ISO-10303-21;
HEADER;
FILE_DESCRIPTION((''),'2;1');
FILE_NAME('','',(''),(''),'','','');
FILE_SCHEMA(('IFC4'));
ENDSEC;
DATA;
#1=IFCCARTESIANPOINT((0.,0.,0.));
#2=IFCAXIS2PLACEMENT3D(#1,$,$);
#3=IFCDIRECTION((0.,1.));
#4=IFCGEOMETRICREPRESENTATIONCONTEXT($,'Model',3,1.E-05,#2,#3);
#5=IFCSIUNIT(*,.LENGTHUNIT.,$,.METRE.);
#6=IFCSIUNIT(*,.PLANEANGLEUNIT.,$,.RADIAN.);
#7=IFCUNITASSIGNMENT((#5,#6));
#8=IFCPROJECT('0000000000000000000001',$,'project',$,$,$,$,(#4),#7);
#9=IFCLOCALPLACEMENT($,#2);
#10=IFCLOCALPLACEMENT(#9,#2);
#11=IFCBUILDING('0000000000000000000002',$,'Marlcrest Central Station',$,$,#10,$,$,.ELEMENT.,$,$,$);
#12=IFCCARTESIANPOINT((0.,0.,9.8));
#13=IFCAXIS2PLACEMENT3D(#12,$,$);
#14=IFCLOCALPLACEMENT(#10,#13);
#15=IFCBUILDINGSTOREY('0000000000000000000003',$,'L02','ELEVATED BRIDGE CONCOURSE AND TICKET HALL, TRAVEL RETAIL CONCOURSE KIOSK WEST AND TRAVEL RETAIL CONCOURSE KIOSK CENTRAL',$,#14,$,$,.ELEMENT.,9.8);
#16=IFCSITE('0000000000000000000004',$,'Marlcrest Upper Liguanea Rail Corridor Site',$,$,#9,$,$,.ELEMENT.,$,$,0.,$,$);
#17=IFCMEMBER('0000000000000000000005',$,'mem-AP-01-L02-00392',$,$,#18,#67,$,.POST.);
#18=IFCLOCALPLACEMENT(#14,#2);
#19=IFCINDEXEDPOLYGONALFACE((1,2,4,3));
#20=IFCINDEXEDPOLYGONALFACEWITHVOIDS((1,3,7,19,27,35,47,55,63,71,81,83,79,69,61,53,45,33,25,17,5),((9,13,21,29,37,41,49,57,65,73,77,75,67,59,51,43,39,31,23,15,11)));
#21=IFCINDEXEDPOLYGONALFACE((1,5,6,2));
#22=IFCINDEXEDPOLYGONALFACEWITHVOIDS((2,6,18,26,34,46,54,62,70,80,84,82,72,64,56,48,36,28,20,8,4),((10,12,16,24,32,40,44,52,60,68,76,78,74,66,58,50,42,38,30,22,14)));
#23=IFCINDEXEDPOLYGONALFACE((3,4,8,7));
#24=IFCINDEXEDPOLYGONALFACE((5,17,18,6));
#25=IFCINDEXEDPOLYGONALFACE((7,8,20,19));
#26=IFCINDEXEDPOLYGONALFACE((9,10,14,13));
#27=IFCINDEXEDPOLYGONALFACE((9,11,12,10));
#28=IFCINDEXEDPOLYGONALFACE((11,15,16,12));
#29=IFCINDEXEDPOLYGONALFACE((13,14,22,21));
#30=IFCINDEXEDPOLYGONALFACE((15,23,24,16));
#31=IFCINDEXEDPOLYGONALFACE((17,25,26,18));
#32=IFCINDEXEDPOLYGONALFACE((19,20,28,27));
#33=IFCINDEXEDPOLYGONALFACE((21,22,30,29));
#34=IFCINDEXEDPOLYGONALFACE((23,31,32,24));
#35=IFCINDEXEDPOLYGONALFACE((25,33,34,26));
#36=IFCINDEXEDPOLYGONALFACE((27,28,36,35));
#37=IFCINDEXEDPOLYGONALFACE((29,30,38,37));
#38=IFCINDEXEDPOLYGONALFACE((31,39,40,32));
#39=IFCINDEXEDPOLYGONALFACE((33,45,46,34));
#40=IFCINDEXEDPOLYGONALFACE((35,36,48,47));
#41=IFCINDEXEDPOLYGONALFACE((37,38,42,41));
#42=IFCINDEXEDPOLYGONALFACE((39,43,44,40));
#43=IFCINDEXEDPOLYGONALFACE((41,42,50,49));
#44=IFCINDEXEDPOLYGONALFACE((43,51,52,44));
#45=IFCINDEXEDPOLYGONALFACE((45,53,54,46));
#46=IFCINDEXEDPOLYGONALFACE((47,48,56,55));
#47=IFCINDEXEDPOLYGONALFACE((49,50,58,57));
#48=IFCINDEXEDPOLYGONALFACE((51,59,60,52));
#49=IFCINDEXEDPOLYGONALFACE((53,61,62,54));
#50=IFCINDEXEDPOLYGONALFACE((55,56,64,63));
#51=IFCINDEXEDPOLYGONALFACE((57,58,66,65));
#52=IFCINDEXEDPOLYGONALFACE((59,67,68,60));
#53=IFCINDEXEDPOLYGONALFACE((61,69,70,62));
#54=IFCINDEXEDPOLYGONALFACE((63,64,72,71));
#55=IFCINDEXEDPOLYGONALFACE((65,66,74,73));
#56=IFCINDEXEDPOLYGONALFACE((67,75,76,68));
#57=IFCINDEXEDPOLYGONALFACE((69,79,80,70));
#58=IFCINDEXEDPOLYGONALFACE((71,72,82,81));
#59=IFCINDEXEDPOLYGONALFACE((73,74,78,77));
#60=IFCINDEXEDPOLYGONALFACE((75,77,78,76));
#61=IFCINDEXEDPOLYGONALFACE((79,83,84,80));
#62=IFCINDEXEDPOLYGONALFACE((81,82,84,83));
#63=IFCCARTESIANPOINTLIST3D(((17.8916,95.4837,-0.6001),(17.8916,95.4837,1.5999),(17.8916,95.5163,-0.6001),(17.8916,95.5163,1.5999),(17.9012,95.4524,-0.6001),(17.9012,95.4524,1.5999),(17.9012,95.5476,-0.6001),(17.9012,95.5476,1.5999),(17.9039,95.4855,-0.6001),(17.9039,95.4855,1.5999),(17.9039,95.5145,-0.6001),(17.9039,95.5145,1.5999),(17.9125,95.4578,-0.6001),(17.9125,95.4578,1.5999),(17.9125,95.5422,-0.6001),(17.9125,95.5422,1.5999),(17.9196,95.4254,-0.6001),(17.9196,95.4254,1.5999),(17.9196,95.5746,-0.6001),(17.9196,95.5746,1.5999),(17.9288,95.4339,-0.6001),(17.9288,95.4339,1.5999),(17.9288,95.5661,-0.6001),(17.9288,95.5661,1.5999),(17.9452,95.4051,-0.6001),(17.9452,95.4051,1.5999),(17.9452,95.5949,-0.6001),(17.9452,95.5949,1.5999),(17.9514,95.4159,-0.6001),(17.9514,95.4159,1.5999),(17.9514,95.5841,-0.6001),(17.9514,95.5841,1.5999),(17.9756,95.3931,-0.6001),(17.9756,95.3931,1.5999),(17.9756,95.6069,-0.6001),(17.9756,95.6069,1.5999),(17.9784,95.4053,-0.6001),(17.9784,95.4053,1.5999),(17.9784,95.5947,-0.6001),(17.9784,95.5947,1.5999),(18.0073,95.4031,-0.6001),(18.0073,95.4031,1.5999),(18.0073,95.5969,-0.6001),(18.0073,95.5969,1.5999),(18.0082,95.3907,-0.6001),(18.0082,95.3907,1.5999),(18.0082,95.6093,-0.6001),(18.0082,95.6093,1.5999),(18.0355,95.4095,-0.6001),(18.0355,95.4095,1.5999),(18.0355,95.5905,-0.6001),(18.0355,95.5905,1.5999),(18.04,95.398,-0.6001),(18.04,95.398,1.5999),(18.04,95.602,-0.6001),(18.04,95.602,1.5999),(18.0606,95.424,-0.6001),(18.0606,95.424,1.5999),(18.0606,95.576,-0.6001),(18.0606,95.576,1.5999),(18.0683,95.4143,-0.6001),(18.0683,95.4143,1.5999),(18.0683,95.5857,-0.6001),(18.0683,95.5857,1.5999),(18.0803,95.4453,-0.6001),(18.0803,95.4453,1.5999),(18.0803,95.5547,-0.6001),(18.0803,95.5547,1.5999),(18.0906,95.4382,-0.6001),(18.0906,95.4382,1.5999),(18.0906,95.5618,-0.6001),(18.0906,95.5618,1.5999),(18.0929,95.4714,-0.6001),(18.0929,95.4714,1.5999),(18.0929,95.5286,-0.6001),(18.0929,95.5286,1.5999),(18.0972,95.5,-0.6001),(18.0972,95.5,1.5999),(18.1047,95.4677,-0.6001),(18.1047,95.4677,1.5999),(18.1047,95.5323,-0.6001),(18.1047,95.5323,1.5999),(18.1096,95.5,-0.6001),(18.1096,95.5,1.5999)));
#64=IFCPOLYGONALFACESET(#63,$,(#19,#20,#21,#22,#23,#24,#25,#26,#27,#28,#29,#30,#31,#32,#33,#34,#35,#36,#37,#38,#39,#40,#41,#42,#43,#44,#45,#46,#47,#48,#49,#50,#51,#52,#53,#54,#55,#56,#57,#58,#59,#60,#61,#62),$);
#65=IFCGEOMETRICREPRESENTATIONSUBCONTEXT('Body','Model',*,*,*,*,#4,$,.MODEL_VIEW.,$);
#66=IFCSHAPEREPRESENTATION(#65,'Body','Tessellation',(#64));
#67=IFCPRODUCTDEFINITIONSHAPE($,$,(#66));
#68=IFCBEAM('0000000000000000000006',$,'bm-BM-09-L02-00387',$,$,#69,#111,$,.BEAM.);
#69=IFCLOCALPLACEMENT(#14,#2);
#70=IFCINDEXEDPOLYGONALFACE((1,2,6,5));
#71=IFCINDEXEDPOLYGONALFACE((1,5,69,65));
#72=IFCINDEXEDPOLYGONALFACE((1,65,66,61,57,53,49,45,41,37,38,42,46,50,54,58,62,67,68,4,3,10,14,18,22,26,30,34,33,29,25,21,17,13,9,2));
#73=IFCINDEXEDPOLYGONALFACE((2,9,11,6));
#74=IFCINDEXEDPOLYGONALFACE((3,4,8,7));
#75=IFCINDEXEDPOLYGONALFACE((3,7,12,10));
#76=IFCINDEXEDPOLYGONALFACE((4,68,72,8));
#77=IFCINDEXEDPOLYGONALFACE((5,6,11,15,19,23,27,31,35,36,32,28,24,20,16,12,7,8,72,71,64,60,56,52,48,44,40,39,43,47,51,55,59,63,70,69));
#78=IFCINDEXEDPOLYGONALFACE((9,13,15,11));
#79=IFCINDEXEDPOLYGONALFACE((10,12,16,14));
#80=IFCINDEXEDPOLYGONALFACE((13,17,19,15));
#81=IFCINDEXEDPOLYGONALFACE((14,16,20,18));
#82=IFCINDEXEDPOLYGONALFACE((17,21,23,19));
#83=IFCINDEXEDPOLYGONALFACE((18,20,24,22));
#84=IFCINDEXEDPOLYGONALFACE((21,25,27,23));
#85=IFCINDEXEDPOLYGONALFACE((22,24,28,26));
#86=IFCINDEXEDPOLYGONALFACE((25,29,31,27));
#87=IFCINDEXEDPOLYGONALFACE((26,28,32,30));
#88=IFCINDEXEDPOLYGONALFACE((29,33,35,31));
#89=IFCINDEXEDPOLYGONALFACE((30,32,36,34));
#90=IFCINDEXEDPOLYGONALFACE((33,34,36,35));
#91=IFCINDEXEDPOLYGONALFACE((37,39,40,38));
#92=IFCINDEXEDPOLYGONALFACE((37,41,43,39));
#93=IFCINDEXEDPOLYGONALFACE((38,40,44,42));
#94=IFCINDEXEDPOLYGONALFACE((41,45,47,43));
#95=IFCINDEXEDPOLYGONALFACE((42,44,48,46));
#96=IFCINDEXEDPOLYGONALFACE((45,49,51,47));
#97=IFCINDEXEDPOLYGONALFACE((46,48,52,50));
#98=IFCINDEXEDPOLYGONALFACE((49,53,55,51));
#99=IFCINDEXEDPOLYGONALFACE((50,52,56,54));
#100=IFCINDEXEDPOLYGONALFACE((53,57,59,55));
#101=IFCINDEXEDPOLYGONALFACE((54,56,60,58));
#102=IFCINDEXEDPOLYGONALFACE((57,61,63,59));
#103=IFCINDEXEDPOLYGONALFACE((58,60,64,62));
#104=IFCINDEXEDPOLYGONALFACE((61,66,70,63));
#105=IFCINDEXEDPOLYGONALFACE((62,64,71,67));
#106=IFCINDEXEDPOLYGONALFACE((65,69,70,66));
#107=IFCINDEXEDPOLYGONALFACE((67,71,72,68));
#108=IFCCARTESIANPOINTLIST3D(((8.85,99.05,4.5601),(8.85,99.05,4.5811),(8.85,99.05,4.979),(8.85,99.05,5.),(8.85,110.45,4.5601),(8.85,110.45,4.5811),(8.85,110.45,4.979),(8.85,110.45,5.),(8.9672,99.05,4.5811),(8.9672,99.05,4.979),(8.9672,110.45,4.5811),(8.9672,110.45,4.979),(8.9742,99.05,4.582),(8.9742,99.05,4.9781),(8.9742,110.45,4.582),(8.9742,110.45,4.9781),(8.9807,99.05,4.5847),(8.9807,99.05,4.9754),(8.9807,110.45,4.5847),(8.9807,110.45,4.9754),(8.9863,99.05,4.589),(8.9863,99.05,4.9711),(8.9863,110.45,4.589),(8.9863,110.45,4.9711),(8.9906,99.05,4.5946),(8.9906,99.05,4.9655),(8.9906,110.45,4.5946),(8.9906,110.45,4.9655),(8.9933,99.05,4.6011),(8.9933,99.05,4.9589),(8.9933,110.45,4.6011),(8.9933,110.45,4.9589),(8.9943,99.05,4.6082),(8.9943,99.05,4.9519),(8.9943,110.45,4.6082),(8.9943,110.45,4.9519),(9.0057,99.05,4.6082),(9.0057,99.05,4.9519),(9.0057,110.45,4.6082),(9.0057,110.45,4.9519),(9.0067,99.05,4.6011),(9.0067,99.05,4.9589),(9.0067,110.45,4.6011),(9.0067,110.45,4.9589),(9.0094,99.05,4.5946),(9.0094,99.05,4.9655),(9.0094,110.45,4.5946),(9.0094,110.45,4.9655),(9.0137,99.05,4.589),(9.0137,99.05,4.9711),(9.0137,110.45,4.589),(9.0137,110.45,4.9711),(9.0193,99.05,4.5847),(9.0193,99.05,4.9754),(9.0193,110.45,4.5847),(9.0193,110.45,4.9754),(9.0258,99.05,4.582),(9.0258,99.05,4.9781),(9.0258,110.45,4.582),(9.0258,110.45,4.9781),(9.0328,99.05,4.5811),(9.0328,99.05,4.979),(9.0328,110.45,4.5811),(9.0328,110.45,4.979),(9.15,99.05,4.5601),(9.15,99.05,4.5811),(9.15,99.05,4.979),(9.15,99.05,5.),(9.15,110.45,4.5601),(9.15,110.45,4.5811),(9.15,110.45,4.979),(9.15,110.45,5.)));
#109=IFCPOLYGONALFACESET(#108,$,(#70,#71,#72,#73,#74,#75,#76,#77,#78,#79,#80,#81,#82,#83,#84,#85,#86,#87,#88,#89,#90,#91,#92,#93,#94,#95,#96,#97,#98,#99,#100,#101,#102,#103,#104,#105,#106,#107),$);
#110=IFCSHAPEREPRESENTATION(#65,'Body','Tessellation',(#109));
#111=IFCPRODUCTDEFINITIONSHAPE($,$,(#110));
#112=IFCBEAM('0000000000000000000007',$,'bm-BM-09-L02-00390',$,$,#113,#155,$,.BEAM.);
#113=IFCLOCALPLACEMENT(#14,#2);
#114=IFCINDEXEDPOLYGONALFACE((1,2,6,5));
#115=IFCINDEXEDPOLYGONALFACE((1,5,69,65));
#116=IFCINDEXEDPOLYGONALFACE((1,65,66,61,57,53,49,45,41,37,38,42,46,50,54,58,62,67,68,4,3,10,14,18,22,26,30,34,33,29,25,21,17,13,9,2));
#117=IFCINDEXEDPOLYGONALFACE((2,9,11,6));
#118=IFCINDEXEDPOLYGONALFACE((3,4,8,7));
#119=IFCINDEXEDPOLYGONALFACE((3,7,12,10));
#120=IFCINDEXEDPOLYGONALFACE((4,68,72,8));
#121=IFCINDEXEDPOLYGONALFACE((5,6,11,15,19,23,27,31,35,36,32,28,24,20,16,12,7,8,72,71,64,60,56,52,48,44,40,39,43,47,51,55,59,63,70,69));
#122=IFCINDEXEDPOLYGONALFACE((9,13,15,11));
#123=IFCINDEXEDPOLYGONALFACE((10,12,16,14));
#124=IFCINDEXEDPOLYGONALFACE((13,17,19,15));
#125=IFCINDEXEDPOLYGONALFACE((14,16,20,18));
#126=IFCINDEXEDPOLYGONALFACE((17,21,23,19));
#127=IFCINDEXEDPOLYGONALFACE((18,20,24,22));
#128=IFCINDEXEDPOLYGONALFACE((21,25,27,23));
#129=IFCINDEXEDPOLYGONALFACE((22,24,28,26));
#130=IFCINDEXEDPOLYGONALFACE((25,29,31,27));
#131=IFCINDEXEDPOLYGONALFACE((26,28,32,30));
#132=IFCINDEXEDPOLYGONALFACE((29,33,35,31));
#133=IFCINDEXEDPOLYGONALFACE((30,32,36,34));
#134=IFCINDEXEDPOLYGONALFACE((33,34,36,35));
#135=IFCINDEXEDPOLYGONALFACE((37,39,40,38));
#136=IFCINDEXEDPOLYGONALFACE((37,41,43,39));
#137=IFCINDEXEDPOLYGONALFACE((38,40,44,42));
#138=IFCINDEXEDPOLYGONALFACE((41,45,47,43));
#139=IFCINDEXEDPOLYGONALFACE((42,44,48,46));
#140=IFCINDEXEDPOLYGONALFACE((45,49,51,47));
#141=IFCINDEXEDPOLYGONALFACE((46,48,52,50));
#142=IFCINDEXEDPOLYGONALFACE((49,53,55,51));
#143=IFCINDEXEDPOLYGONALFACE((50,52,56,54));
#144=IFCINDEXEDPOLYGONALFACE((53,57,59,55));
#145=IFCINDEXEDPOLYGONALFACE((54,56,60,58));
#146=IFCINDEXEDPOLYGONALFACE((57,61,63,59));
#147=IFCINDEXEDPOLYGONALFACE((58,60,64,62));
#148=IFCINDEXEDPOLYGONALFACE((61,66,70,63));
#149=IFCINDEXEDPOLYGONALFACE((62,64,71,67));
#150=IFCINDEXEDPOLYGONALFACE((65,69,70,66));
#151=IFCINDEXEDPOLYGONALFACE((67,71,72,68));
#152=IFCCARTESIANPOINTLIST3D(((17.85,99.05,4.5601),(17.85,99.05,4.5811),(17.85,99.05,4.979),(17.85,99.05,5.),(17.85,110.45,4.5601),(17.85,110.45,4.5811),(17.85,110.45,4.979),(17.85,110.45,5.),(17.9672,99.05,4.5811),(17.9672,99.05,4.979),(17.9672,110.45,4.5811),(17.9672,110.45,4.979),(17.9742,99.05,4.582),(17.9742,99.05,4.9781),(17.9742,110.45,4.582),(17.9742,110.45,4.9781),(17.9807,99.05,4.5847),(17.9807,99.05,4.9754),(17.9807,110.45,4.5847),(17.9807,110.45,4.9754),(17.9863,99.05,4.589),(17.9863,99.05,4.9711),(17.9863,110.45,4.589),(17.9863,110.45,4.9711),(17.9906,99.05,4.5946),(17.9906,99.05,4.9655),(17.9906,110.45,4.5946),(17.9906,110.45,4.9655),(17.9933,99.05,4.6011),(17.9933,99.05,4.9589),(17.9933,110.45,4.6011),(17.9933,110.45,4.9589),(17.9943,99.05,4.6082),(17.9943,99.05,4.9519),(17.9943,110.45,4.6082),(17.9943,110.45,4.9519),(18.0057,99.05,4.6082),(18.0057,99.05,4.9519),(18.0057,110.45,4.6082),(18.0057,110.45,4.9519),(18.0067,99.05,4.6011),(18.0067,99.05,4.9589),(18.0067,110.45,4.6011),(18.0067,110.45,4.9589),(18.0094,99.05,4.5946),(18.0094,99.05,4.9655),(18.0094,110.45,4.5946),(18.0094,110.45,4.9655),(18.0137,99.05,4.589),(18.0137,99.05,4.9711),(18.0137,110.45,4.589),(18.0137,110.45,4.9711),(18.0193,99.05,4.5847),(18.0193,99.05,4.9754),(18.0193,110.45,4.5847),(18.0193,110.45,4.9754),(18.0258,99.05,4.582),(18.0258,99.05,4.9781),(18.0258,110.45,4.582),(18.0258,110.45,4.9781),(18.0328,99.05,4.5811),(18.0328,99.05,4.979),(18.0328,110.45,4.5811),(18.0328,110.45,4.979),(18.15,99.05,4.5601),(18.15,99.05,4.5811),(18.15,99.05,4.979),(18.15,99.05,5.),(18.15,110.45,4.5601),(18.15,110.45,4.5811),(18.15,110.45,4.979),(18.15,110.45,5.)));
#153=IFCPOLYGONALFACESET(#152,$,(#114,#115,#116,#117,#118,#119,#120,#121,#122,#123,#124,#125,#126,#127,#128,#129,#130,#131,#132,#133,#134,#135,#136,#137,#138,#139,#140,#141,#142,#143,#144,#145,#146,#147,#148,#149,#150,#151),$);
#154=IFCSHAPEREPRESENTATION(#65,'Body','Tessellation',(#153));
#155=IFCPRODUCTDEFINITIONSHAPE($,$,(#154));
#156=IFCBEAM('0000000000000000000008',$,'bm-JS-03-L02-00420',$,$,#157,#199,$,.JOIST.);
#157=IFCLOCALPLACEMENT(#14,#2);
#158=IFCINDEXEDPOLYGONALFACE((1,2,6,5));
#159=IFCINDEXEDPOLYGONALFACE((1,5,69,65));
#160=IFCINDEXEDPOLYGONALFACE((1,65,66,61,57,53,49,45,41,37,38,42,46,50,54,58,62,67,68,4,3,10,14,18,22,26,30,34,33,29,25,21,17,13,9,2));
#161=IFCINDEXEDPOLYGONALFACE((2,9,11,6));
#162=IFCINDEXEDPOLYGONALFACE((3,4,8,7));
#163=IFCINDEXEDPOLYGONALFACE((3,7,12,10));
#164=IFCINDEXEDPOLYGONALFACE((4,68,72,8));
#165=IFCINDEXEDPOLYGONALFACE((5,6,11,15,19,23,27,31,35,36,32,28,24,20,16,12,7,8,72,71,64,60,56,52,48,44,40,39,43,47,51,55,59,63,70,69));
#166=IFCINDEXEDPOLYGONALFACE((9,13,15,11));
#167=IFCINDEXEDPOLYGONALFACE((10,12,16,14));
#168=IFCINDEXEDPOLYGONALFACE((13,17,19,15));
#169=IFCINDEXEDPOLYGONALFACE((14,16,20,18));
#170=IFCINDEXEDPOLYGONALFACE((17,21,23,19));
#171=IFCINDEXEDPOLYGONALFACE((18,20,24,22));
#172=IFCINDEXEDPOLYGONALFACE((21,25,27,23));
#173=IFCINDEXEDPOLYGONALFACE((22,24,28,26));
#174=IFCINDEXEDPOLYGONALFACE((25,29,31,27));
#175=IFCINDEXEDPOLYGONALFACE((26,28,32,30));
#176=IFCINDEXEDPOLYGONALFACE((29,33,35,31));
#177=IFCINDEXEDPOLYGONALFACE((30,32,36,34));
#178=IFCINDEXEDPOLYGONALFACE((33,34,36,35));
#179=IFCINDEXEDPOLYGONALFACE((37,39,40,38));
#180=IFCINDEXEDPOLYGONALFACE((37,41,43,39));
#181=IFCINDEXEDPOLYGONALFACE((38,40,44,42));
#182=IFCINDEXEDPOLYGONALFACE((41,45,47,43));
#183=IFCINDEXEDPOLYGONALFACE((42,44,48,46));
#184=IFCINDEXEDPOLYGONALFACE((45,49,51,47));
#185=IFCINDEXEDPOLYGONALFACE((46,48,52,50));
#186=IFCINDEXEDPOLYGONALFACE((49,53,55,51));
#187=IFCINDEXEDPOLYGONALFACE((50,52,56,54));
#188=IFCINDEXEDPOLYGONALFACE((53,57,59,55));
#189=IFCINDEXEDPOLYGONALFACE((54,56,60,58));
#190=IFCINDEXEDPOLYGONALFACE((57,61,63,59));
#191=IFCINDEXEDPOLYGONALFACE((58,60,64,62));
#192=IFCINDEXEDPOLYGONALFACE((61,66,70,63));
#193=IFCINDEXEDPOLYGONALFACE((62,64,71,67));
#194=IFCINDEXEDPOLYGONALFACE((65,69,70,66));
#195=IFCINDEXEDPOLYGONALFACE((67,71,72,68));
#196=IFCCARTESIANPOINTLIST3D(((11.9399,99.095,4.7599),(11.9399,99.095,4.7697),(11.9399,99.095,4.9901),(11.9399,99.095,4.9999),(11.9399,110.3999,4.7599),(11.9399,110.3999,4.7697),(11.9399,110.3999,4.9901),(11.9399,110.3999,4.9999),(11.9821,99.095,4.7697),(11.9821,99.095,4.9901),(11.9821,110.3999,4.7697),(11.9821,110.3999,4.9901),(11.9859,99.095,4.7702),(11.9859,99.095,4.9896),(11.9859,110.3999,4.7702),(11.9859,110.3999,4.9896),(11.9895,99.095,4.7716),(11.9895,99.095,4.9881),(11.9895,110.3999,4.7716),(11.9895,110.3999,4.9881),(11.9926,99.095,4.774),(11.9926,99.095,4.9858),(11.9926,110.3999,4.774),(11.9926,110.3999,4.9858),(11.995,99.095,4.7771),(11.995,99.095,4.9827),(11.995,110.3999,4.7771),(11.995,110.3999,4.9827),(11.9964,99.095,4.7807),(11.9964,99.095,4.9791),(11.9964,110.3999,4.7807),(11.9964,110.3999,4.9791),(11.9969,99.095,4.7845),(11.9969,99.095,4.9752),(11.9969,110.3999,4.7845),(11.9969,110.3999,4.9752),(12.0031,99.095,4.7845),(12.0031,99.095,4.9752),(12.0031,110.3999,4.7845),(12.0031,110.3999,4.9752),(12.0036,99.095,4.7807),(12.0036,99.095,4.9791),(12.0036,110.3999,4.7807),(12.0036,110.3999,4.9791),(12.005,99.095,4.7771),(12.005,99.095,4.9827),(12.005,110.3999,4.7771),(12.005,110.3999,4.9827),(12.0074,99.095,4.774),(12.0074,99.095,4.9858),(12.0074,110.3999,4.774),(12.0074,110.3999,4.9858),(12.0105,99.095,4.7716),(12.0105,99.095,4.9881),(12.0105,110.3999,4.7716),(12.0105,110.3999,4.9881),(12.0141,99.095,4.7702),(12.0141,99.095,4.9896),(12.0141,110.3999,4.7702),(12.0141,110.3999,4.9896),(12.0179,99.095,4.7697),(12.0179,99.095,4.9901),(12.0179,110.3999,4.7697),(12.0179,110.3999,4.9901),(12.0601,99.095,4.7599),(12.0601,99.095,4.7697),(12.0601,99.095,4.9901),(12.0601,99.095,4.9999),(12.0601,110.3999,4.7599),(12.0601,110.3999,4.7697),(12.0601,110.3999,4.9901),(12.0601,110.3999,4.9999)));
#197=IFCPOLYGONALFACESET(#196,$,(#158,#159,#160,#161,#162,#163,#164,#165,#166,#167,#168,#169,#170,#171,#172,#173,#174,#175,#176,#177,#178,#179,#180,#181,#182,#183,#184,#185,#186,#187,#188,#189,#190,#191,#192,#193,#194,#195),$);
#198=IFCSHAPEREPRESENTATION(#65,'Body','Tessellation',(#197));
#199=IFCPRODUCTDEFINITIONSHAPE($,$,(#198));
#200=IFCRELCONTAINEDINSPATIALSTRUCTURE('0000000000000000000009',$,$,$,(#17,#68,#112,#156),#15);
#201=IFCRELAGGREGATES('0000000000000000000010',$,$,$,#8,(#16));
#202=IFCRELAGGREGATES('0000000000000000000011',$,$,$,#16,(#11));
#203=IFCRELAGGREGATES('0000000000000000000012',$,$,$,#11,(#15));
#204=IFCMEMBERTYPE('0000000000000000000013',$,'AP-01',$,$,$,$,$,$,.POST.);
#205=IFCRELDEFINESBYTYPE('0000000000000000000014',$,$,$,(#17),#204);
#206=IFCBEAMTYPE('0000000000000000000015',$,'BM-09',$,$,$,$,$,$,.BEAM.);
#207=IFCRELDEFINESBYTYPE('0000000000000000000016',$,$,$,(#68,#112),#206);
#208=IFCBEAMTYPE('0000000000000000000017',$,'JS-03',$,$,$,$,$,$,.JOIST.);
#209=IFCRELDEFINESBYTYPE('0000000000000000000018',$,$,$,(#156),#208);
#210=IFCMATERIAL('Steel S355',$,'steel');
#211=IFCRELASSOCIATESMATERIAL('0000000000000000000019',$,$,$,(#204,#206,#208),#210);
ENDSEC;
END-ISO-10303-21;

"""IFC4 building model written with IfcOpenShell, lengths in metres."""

from ifc_helpers import new_model, si_unit, direction, frame, origin, origin_2d, place, context, subcontext, project, spatial, hollow_circle, i_section, extrude, material, material_profile, profile_set, type_object, element, save


model = new_model("IFC4")

# Units and contexts
model_context = context("Model", 3, precision=1e-05, world=origin(), true_north=direction((0.0, 1.0)))
body_context = subcontext(model_context, "Body", "Model", "MODEL_VIEW")
ifc_project = project(units=[si_unit("LENGTHUNIT", "METRE"), si_unit("PLANEANGLEUNIT", "RADIAN")], contexts=[model_context])

# Site, building, storey
site_placement = place(None, origin())
site = spatial("IfcSite", under=ifc_project, at=site_placement, Name="Marlcrest Upper Liguanea Rail Corridor Site", CompositionType="ELEMENT", RefElevation=0.0)
building_placement = place(site_placement, origin())
building = spatial("IfcBuilding", under=site, at=building_placement, Name="Marlcrest Central Station", CompositionType="ELEMENT")
storey_placement = place(building_placement, frame((0.0, 0.0, 9.8)))
storey = spatial("IfcBuildingStorey", under=building, at=storey_placement, Name="L02", Description="ELEVATED BRIDGE CONCOURSE AND TICKET HALL, TRAVEL RETAIL CONCOURSE KIOSK WEST AND TRAVEL RETAIL CONCOURSE KIOSK CENTRAL", CompositionType="ELEMENT", Elevation=9.8)

# Shared definitions
ifc_material_1 = material(Name="Steel S355", Category="steel")

# Member
ifc_material_profile_1 = material_profile(ifc_material_1, hollow_circle(Radius=0.1096, WallThickness=0.0125, at=origin_2d()), Name="CHS 219.1x12.5")
ifc_profile_set_1 = profile_set([ifc_material_profile_1], Name="Steel S355")
member_type_1 = type_object("IfcMemberType", Name="AP-01", PredefinedType="POST", material=ifc_profile_set_1)
member_1_placement = place(storey_placement, frame((18.0, 95.5, -0.6001), z_axis=(0.0, 0.0, 1.0), x_axis=(1.0, 0.0, 0.0)))
element("IfcMember", 1, at=member_1_placement, inside=storey, type_object=member_type_1, Name="mem-AP-01-L02-00392", PredefinedType="POST", context=body_context, shape_type="SweptSolid", body=[
    extrude(hollow_circle(Radius=0.1096, WallThickness=0.0125, at=origin_2d()), origin(), (0.0, 0.0, 1.0), 2.2),
])

# Beams
ifc_material_profile_2 = material_profile(ifc_material_1, i_section(OverallWidth=0.3, OverallDepth=0.4399, WebThickness=0.0115, FlangeThickness=0.021, FilletRadius=0.0271, at=origin_2d()), Name="HEA 450")
ifc_profile_set_2 = profile_set([ifc_material_profile_2], Name="Steel S355")
beam_type_1 = type_object("IfcBeamType", Name="BM-09", PredefinedType="BEAM", material=ifc_profile_set_2)
for number, where, z_axis, x_axis, name in (
    (2, (9.0, 99.05, 4.78), (0.0, 1.0, 0.0), (-1.0, 0.0, 0.0), "bm-BM-09-L02-00387"),
    (3, (18.0, 99.05, 4.78), (0.0, 1.0, 0.0), (-1.0, 0.0, 0.0), "bm-BM-09-L02-00390"),
):
    element("IfcBeam", number, at=place(storey_placement, frame(where, z_axis=z_axis, x_axis=x_axis)), inside=storey, type_object=beam_type_1, Name=name, PredefinedType="BEAM", context=body_context, shape_type="SweptSolid", body=[
        extrude(i_section(OverallWidth=0.3, OverallDepth=0.4399, WebThickness=0.0115, FlangeThickness=0.021, FilletRadius=0.0271, at=origin_2d()), origin(), (0.0, 0.0, 1.0), 11.3999),
    ])
ifc_material_profile_3 = material_profile(ifc_material_1, i_section(OverallWidth=0.1201, OverallDepth=0.24, WebThickness=0.0061, FlangeThickness=0.0098, FilletRadius=0.0149, at=origin_2d()), Name="IPE 240")
ifc_profile_set_3 = profile_set([ifc_material_profile_3], Name="Steel S355")
beam_type_2 = type_object("IfcBeamType", Name="JS-03", PredefinedType="JOIST", material=ifc_profile_set_3)
for number, where, z_axis, x_axis, name in (
    (4, (12.0, 99.095, 4.8799), (0.0, 1.0, 0.0), (-1.0, 0.0, 0.0), "bm-JS-03-L02-00420"),
):
    element("IfcBeam", number, at=place(storey_placement, frame(where, z_axis=z_axis, x_axis=x_axis)), inside=storey, type_object=beam_type_2, Name=name, PredefinedType="JOIST", context=body_context, shape_type="SweptSolid", body=[
        extrude(i_section(OverallWidth=0.1201, OverallDepth=0.24, WebThickness=0.0061, FlangeThickness=0.0098, FilletRadius=0.0149, at=origin_2d()), origin(), (0.0, 0.0, 1.0), 11.3049),
    ])

save(model, "model.ifc")
